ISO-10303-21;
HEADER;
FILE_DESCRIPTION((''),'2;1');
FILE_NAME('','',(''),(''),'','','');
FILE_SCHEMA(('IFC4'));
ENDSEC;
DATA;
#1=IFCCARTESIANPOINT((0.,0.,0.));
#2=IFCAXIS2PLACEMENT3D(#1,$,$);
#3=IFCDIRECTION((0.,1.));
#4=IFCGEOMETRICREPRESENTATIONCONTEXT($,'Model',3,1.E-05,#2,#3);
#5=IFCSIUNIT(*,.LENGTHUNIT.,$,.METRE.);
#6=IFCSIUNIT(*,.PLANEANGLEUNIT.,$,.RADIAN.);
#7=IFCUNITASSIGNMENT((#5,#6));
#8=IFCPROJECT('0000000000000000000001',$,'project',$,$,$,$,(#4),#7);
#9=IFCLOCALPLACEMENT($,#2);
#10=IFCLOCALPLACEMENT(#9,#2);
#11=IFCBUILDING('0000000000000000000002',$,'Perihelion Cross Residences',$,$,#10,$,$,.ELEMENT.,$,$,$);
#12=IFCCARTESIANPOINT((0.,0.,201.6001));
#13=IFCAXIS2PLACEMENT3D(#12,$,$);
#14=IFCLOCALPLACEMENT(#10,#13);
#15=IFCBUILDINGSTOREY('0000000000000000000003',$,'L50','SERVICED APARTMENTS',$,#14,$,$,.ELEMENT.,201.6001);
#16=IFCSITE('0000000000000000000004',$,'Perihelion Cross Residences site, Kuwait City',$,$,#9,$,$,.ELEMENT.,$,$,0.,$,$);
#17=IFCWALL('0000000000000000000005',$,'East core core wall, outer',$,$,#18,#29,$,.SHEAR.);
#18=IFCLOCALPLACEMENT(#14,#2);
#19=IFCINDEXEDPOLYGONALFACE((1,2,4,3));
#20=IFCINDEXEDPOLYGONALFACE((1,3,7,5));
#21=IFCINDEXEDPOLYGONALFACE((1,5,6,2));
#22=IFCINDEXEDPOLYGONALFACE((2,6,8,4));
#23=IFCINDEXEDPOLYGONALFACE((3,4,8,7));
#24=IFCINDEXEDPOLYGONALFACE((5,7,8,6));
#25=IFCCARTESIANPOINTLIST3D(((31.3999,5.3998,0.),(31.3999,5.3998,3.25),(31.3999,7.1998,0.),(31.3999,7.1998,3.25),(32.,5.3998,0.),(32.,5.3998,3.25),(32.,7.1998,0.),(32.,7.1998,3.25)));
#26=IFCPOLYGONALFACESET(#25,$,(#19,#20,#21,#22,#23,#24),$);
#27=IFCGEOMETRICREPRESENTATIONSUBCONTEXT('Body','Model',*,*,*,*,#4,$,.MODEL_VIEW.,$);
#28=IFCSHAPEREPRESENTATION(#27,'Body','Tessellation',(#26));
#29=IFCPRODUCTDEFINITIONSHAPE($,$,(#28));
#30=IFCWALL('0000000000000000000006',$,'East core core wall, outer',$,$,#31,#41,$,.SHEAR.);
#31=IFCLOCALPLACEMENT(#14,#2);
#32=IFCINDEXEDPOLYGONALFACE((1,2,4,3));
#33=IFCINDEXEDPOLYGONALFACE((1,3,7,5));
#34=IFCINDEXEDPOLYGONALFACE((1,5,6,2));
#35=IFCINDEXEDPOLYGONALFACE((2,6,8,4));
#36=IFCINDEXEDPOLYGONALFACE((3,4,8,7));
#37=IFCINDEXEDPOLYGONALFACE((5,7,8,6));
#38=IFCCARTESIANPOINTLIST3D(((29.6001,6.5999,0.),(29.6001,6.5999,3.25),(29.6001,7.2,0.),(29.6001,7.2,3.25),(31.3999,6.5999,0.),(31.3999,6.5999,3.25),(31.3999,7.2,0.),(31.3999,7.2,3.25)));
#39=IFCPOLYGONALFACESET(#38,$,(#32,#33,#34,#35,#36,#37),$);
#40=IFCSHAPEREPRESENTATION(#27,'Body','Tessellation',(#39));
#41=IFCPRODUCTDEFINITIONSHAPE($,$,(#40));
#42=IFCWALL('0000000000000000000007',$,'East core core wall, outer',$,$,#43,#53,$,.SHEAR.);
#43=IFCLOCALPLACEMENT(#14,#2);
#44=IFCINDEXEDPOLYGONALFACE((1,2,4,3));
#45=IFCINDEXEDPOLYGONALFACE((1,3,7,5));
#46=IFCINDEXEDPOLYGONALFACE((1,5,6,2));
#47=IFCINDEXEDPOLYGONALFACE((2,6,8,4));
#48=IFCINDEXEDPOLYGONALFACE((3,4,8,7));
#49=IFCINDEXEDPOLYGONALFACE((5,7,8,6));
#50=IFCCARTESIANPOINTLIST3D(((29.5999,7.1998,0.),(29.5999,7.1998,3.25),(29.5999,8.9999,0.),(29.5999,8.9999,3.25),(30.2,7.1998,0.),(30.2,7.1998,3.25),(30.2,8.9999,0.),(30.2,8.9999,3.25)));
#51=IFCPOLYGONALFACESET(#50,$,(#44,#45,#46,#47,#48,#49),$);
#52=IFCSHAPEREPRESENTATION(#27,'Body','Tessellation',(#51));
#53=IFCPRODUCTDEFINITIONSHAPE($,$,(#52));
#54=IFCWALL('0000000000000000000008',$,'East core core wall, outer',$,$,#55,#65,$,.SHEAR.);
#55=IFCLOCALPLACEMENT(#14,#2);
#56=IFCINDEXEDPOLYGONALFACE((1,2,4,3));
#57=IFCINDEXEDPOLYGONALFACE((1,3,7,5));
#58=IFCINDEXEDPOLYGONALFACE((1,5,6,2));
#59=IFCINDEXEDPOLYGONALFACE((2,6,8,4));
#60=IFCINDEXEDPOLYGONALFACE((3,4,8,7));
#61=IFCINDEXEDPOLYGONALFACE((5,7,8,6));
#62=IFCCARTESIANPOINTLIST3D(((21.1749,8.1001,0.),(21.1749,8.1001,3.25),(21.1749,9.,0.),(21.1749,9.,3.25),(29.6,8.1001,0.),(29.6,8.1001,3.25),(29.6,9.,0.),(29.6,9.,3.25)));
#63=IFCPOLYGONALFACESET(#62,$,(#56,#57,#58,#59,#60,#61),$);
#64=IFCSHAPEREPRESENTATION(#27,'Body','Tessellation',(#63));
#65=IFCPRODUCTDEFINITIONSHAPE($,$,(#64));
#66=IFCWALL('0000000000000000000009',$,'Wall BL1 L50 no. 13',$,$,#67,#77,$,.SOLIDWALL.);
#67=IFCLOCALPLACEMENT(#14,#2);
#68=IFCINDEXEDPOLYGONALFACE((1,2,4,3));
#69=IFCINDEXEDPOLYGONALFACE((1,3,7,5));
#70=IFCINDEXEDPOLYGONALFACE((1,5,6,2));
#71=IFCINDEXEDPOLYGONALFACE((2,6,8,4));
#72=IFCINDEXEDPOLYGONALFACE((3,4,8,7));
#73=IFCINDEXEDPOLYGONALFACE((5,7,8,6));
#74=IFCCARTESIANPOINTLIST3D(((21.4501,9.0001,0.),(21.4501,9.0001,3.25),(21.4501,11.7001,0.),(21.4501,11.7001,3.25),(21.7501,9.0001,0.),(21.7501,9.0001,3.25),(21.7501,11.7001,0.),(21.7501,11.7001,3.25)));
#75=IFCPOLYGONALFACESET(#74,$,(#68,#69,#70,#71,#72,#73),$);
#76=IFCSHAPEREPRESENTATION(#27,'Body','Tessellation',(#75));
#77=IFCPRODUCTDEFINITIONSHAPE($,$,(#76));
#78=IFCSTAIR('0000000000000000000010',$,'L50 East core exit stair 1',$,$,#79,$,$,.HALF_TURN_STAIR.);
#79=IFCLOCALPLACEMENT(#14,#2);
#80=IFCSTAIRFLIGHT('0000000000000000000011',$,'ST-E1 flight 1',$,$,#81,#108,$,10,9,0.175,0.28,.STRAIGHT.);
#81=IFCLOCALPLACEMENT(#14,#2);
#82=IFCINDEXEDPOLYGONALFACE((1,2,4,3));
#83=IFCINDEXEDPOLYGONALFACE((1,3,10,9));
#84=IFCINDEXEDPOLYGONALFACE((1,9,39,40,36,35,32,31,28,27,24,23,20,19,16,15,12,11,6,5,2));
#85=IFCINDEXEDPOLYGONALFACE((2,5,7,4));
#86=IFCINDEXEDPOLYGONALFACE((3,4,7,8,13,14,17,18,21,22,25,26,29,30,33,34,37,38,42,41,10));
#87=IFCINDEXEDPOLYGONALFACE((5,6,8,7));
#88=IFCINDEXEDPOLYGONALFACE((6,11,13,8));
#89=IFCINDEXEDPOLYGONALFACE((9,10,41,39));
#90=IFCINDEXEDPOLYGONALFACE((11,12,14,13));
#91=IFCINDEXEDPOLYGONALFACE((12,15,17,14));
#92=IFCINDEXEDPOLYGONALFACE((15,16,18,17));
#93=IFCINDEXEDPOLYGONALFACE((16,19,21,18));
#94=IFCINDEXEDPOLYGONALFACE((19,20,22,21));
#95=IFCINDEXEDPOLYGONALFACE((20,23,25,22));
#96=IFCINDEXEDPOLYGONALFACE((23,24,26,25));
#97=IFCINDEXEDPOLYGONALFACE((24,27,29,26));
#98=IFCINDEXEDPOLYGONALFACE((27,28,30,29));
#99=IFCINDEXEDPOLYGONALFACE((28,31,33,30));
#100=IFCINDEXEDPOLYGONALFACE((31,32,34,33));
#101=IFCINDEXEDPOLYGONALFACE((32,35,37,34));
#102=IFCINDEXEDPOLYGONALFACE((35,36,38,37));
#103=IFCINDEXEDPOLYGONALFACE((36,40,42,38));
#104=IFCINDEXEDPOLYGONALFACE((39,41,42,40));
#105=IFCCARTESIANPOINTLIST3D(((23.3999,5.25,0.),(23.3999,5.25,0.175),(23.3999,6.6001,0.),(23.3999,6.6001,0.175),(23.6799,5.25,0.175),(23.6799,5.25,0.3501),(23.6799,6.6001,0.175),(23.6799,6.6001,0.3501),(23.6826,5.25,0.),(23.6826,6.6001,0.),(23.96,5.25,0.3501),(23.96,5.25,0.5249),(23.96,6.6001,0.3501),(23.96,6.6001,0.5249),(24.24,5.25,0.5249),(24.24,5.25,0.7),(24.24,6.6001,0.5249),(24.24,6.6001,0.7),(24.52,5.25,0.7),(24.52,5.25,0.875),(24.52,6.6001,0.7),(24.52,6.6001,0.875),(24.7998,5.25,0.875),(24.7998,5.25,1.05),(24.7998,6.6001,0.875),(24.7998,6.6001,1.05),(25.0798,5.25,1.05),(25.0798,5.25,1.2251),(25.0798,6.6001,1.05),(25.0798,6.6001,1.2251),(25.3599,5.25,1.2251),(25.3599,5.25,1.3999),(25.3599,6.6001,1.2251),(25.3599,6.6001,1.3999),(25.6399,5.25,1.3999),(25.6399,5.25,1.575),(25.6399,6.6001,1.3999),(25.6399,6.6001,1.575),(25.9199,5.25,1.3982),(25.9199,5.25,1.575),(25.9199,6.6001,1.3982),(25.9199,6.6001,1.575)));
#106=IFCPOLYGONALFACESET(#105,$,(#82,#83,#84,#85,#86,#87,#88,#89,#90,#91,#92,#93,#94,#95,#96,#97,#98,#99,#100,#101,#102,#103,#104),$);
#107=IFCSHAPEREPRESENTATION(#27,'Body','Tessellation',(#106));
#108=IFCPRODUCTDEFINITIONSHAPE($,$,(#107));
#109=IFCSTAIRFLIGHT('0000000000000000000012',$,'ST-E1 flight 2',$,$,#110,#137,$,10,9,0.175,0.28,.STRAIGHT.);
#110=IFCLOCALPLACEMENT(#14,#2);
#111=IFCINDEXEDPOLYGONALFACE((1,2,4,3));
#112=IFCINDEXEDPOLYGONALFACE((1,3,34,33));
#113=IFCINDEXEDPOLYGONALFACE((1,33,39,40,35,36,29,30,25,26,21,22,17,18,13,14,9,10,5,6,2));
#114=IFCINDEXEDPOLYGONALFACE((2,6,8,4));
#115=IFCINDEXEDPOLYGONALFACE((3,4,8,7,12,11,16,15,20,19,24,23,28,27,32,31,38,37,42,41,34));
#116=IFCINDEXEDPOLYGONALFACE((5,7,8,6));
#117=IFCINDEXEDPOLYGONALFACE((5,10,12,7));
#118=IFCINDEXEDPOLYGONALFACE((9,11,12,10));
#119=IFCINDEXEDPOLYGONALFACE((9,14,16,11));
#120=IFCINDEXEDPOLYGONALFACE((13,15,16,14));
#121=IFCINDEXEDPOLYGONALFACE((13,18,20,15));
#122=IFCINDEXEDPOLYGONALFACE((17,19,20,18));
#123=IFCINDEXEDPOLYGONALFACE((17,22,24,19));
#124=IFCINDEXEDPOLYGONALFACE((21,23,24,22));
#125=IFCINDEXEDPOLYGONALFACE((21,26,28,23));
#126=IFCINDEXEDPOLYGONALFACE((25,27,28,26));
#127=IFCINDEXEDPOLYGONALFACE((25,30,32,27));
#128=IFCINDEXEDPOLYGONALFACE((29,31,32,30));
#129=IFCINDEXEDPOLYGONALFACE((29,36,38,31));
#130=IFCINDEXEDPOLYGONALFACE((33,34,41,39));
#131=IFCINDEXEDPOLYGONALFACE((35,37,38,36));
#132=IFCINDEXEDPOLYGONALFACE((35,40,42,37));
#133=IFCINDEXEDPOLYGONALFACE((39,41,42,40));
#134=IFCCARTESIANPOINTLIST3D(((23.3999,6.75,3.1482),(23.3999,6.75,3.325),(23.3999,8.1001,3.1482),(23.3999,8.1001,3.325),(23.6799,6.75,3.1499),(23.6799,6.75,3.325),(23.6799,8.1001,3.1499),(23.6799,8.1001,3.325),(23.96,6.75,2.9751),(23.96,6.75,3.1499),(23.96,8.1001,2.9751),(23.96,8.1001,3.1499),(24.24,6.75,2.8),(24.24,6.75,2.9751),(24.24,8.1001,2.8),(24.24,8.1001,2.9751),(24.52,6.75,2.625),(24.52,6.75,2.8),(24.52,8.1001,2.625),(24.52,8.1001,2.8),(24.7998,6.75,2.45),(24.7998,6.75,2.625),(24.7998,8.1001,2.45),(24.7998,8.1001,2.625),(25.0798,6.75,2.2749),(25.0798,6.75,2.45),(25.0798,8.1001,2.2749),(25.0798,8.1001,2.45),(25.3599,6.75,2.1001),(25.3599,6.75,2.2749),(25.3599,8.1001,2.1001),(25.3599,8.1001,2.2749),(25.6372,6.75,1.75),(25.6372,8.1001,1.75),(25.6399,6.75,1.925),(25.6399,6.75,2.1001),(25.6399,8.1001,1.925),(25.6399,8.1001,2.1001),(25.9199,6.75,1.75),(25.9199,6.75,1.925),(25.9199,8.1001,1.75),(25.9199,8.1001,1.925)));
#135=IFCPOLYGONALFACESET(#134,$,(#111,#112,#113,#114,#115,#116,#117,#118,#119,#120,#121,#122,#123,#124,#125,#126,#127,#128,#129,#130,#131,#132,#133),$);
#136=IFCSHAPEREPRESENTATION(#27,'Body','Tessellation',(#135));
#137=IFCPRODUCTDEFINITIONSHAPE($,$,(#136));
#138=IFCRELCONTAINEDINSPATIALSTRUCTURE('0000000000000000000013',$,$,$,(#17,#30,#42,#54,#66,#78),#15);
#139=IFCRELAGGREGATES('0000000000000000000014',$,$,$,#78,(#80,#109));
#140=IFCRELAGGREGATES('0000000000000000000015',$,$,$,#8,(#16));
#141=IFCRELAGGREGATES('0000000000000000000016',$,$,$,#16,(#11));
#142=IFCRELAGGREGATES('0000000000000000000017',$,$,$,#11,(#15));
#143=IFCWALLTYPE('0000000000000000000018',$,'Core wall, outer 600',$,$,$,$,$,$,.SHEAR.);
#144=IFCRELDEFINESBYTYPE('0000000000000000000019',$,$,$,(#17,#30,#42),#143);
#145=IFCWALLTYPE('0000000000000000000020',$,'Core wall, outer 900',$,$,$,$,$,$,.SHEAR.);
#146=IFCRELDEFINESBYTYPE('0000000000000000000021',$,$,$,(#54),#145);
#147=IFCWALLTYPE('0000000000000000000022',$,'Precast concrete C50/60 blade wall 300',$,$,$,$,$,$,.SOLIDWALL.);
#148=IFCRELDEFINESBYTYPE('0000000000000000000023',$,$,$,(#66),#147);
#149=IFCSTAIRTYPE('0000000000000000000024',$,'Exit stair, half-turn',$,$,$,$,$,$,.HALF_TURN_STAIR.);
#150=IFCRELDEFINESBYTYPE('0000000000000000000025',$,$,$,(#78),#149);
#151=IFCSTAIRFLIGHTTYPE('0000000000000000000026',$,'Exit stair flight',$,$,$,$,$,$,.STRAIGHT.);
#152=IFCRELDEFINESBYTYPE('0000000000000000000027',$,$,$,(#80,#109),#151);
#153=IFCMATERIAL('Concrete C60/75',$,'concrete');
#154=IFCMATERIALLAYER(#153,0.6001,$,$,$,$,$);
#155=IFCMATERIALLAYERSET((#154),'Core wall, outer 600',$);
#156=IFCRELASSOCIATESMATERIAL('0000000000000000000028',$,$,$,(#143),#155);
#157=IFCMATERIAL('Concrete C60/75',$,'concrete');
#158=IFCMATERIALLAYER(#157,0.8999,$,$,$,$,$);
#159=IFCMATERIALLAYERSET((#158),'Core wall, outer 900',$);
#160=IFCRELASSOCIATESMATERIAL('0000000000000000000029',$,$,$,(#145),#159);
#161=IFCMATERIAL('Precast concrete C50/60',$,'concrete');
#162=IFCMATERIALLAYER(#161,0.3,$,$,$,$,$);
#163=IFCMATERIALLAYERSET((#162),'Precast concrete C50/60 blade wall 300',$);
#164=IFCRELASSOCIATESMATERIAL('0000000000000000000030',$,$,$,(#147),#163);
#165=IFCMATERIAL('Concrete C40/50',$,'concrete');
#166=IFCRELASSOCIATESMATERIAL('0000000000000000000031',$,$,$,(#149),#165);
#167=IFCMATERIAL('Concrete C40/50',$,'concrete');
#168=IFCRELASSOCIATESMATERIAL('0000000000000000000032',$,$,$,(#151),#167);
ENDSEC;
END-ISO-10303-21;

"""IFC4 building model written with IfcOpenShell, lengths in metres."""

from ifc_helpers import new_model, si_unit, direction, frame, frame_2d, origin, place, context, subcontext, project, spatial, polyline, rectangle, outline, extrude, material, layer, layer_set, type_object, element, aggregate, save


model = new_model("IFC4")

# Units and contexts
model_context = context("Model", 3, precision=1e-05, world=origin(), true_north=direction((0.0, 1.0)))
body_context = subcontext(model_context, "Body", "Model", "MODEL_VIEW")
ifc_project = project(units=[si_unit("LENGTHUNIT", "METRE"), si_unit("PLANEANGLEUNIT", "RADIAN")], contexts=[model_context])

# Site, building, storey
site_placement = place(None, origin())
site = spatial("IfcSite", under=ifc_project, at=site_placement, Name="Perihelion Cross Residences site, Kuwait City", CompositionType="ELEMENT", RefElevation=0.0)
building_placement = place(site_placement, origin())
building = spatial("IfcBuilding", under=site, at=building_placement, Name="Perihelion Cross Residences", CompositionType="ELEMENT")
storey_placement = place(building_placement, frame((0.0, 0.0, 201.6001)))
storey = spatial("IfcBuildingStorey", under=building, at=storey_placement, Name="L50", Description="SERVICED APARTMENTS", CompositionType="ELEMENT", Elevation=201.6001)

# Walls
ifc_material_1 = material(Name="Concrete C60/75", Category="concrete")
ifc_layer_1 = layer(ifc_material_1, 0.6001)
ifc_layer_set_1 = layer_set([ifc_layer_1], Name="Core wall, outer 600")
wall_type_1 = type_object("IfcWallType", Name="Core wall, outer 600", PredefinedType="SHEAR", material=ifc_layer_set_1)
wall_1_placement = place(storey_placement, frame((31.7, 5.3999, 0.0), z_axis=(0.0, 0.0, 1.0), x_axis=(0.0, 1.0, 0.0)))
element("IfcWall", 1, at=wall_1_placement, inside=storey, type_object=wall_type_1, Name="East core core wall, outer", PredefinedType="SHEAR", context=body_context, shape_type="SweptSolid", body=[
    extrude(rectangle(XDim=1.8, YDim=0.6001, at=frame_2d((0.8999, 0.0))), origin(), (0.0, 0.0, 1.0), 3.25),
])
wall_2_placement = place(storey_placement, frame((29.6001, 6.8999, 0.0), z_axis=(0.0, 0.0, 1.0), x_axis=(1.0, 0.0, 0.0)))
element("IfcWall", 2, at=wall_2_placement, inside=storey, type_object=wall_type_1, Name="East core core wall, outer", PredefinedType="SHEAR", context=body_context, shape_type="SweptSolid", body=[
    extrude(rectangle(XDim=1.7998, YDim=0.6001, at=frame_2d((0.8999, 0.0))), origin(), (0.0, 0.0, 1.0), 3.25),
])
wall_3_placement = place(storey_placement, frame((29.8999, 7.2, 0.0), z_axis=(0.0, 0.0, 1.0), x_axis=(0.0, 1.0, 0.0)))
element("IfcWall", 3, at=wall_3_placement, inside=storey, type_object=wall_type_1, Name="East core core wall, outer", PredefinedType="SHEAR", context=body_context, shape_type="SweptSolid", body=[
    extrude(rectangle(XDim=1.8, YDim=0.6001, at=frame_2d((0.8999, 0.0))), origin(), (0.0, 0.0, 1.0), 3.25),
])
ifc_material_2 = material(Name="Concrete C60/75", Category="concrete")
ifc_layer_2 = layer(ifc_material_2, 0.8999)
ifc_layer_set_2 = layer_set([ifc_layer_2], Name="Core wall, outer 900")
wall_type_2 = type_object("IfcWallType", Name="Core wall, outer 900", PredefinedType="SHEAR", material=ifc_layer_set_2)
wall_4_placement = place(storey_placement, frame((21.175, 8.55, 0.0), z_axis=(0.0, 0.0, 1.0), x_axis=(1.0, 0.0, 0.0)))
element("IfcWall", 4, at=wall_4_placement, inside=storey, type_object=wall_type_2, Name="East core core wall, outer", PredefinedType="SHEAR", context=body_context, shape_type="SweptSolid", body=[
    extrude(rectangle(XDim=8.425, YDim=0.8999, at=frame_2d((4.2124, 0.0))), origin(), (0.0, 0.0, 1.0), 3.25),
])
ifc_material_3 = material(Name="Precast concrete C50/60", Category="concrete")
ifc_layer_3 = layer(ifc_material_3, 0.3)
ifc_layer_set_3 = layer_set([ifc_layer_3], Name="Precast concrete C50/60 blade wall 300")
wall_type_3 = type_object("IfcWallType", Name="Precast concrete C50/60 blade wall 300", PredefinedType="SOLIDWALL", material=ifc_layer_set_3)
wall_5_placement = place(storey_placement, frame((21.6001, 9.0, 0.0), z_axis=(0.0, 0.0, 1.0), x_axis=(0.0, 1.0, 0.0)))
element("IfcWall", 5, at=wall_5_placement, inside=storey, type_object=wall_type_3, Name="Wall BL1 L50 no. 13", PredefinedType="SOLIDWALL", context=body_context, shape_type="SweptSolid", body=[
    extrude(rectangle(XDim=2.7, YDim=0.3, at=frame_2d((1.3501, 0.0))), origin(), (0.0, 0.0, 1.0), 3.25),
])

# Stair, stair flights
ifc_material_4 = material(Name="Concrete C40/50", Category="concrete")
stair_type = type_object("IfcStairType", Name="Exit stair, half-turn", PredefinedType="HALF_TURN_STAIR", material=ifc_material_4)
stair_placement = place(storey_placement, origin())
stair = element("IfcStair", 6, at=stair_placement, inside=storey, type_object=stair_type, Name="L50 East core exit stair 1", PredefinedType="HALF_TURN_STAIR")
ifc_material_5 = material(Name="Concrete C40/50", Category="concrete")
stair_flight_type = type_object("IfcStairFlightType", Name="Exit stair flight", PredefinedType="STRAIGHT", material=ifc_material_5)
stair_flight_1_placement = place(storey_placement, frame((23.3999, 5.925, 0.0), z_axis=(0.0, 0.0, 1.0), x_axis=(1.0, 0.0, 0.0)))
stair_flight_1 = element("IfcStairFlight", 7, at=stair_flight_1_placement, type_object=stair_flight_type, Name="ST-E1 flight 1", NumberOfRisers=10, NumberOfTreads=9, PredefinedType="STRAIGHT", RiserHeight=0.175, TreadLength=0.28, context=body_context, shape_type="SweptSolid", body=[
    extrude(outline(polyline([(0.0, 0.0), (0.0, 0.175), (0.28, 0.175), (0.28, 0.3501), (0.5601, 0.3501), (0.5601, 0.5249), (0.8401, 0.5249), (0.8401, 0.7), (1.1201, 0.7), (1.1201, 0.875), (1.3999, 0.875), (1.3999, 1.05), (1.6799, 1.05), (1.6799, 1.2251), (1.96, 1.2251), (1.96, 1.3999), (2.24, 1.3999), (2.24, 1.575), (2.52, 1.575), (2.52, 1.75), (2.52, 1.3982), (0.2827, 0.0), (0.0, 0.0)])), frame((0.0, 0.675, 0.0), z_axis=(0.0, -1.0, 0.0), x_axis=(1.0, 0.0, 0.0)), (0.0, 0.0, 1.0), 1.3501),
])
stair_flight_2_placement = place(storey_placement, frame((25.9199, 7.425, 1.75), z_axis=(0.0, 0.0, 1.0), x_axis=(-1.0, 0.0, 0.0)))
stair_flight_2 = element("IfcStairFlight", 8, at=stair_flight_2_placement, type_object=stair_flight_type, Name="ST-E1 flight 2", NumberOfRisers=10, NumberOfTreads=9, PredefinedType="STRAIGHT", RiserHeight=0.175, TreadLength=0.28, context=body_context, shape_type="SweptSolid", body=[
    extrude(outline(polyline([(0.0, 0.0), (0.0, 0.175), (0.28, 0.175), (0.28, 0.3501), (0.5601, 0.3501), (0.5601, 0.5249), (0.8401, 0.5249), (0.8401, 0.7), (1.1201, 0.7), (1.1201, 0.875), (1.3999, 0.875), (1.3999, 1.05), (1.6799, 1.05), (1.6799, 1.2251), (1.96, 1.2251), (1.96, 1.3999), (2.24, 1.3999), (2.24, 1.575), (2.52, 1.575), (2.52, 1.75), (2.52, 1.3982), (0.2827, 0.0), (0.0, 0.0)])), frame((0.0, 0.675, 0.0), z_axis=(0.0, -1.0, 0.0), x_axis=(1.0, 0.0, 0.0)), (0.0, 0.0, 1.0), 1.3501),
])
aggregate(stair, [stair_flight_1, stair_flight_2])

save(model, "model.ifc")
